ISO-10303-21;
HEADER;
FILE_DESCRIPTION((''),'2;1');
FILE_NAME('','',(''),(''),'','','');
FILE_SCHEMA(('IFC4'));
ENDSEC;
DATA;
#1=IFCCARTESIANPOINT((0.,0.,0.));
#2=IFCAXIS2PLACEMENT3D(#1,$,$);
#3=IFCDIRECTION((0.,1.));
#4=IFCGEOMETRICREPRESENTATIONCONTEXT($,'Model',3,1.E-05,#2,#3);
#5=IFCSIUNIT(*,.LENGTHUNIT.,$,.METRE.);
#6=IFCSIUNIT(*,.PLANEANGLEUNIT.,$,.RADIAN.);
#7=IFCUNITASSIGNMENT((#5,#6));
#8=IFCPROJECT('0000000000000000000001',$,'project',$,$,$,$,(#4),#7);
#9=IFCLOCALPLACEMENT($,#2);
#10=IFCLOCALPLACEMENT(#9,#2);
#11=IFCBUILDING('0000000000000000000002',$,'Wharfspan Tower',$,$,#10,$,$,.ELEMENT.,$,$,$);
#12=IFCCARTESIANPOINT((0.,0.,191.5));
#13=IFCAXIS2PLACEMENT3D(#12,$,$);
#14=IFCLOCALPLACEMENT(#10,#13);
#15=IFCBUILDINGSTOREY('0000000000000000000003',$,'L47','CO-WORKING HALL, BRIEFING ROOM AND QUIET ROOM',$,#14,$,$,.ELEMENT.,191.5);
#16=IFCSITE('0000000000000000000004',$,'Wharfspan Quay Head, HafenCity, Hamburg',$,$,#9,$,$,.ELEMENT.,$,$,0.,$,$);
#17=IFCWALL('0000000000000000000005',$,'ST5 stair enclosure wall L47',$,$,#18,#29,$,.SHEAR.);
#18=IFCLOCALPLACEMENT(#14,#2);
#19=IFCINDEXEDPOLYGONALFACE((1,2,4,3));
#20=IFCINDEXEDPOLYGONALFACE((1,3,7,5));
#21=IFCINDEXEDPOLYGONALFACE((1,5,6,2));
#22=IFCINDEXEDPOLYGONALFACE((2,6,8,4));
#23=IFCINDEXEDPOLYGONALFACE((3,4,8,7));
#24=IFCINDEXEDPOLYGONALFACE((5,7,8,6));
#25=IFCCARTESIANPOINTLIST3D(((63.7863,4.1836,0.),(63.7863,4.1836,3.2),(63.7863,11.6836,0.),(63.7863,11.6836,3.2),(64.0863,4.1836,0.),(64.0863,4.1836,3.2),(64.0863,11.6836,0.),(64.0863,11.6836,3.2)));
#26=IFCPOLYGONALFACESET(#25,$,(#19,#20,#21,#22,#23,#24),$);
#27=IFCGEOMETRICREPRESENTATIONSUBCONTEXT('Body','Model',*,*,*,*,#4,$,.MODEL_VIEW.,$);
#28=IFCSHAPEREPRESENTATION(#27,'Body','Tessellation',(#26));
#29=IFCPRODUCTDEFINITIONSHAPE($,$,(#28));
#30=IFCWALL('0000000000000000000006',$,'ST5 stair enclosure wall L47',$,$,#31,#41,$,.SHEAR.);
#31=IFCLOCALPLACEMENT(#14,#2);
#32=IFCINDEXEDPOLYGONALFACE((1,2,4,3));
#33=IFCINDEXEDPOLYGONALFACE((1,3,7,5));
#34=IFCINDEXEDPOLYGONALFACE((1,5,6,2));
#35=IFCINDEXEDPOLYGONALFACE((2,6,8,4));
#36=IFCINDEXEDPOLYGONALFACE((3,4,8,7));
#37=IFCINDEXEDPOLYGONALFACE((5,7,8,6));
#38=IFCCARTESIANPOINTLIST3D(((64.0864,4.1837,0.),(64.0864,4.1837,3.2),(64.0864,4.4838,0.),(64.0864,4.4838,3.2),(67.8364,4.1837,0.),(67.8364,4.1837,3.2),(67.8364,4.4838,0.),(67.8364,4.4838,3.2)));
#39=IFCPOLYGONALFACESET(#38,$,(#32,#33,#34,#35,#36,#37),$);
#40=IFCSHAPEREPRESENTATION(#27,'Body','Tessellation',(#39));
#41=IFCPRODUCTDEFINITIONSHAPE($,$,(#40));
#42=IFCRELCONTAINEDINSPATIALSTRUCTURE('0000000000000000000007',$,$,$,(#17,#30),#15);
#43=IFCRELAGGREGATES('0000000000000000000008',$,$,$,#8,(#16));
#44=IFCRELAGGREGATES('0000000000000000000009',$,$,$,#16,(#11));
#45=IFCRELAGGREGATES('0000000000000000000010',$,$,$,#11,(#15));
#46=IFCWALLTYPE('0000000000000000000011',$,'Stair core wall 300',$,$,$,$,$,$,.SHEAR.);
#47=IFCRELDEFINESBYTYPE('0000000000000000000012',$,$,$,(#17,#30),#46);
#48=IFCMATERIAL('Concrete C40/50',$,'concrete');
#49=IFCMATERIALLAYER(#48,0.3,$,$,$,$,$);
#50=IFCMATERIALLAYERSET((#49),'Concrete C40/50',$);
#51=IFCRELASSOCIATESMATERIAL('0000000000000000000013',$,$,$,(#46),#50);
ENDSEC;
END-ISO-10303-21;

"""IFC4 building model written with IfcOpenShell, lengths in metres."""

from ifc_helpers import new_model, si_unit, direction, frame, frame_2d, origin, place, context, subcontext, project, spatial, rectangle, extrude, material, layer, layer_set, type_object, element, save


model = new_model("IFC4")

# Units and contexts
model_context = context("Model", 3, precision=1e-05, world=origin(), true_north=direction((0.0, 1.0)))
body_context = subcontext(model_context, "Body", "Model", "MODEL_VIEW")
ifc_project = project(units=[si_unit("LENGTHUNIT", "METRE"), si_unit("PLANEANGLEUNIT", "RADIAN")], contexts=[model_context])

# Site, building, storey
site_placement = place(None, origin())
site = spatial("IfcSite", under=ifc_project, at=site_placement, Name="Wharfspan Quay Head, HafenCity, Hamburg", CompositionType="ELEMENT", RefElevation=0.0)
building_placement = place(site_placement, origin())
building = spatial("IfcBuilding", under=site, at=building_placement, Name="Wharfspan Tower", CompositionType="ELEMENT")
storey_placement = place(building_placement, frame((0.0, 0.0, 191.5)))
storey = spatial("IfcBuildingStorey", under=building, at=storey_placement, Name="L47", Description="CO-WORKING HALL, BRIEFING ROOM AND QUIET ROOM", CompositionType="ELEMENT", Elevation=191.5)

# Shared definitions
ifc_material_1 = material(Name="Concrete C40/50", Category="concrete")
ifc_layer_1 = layer(ifc_material_1, 0.3)
ifc_layer_set_1 = layer_set([ifc_layer_1], Name="Concrete C40/50")
wall_type_1 = type_object("IfcWallType", Name="Stair core wall 300", PredefinedType="SHEAR", material=ifc_layer_set_1)

# Walls
wall_1_placement = place(storey_placement, frame((63.9363, 4.1836, 0.0), z_axis=(0.0, 0.0, 1.0), x_axis=(0.0, 1.0, 0.0)))
element("IfcWall", 1, at=wall_1_placement, inside=storey, type_object=wall_type_1, Name="ST5 stair enclosure wall L47", PredefinedType="SHEAR", context=body_context, shape_type="SweptSolid", body=[
    extrude(rectangle(XDim=7.5, YDim=0.3, at=frame_2d((3.75, 0.0))), origin(), (0.0, 0.0, 1.0), 3.2),
])
wall_2_placement = place(storey_placement, frame((64.0864, 4.3337, 0.0), z_axis=(0.0, 0.0, 1.0), x_axis=(1.0, 0.0, 0.0)))
element("IfcWall", 2, at=wall_2_placement, inside=storey, type_object=wall_type_1, Name="ST5 stair enclosure wall L47", PredefinedType="SHEAR", context=body_context, shape_type="SweptSolid", body=[
    extrude(rectangle(XDim=3.75, YDim=0.3, at=frame_2d((1.875, 0.0))), origin(), (0.0, 0.0, 1.0), 3.2),
])

save(model, "model.ifc")
